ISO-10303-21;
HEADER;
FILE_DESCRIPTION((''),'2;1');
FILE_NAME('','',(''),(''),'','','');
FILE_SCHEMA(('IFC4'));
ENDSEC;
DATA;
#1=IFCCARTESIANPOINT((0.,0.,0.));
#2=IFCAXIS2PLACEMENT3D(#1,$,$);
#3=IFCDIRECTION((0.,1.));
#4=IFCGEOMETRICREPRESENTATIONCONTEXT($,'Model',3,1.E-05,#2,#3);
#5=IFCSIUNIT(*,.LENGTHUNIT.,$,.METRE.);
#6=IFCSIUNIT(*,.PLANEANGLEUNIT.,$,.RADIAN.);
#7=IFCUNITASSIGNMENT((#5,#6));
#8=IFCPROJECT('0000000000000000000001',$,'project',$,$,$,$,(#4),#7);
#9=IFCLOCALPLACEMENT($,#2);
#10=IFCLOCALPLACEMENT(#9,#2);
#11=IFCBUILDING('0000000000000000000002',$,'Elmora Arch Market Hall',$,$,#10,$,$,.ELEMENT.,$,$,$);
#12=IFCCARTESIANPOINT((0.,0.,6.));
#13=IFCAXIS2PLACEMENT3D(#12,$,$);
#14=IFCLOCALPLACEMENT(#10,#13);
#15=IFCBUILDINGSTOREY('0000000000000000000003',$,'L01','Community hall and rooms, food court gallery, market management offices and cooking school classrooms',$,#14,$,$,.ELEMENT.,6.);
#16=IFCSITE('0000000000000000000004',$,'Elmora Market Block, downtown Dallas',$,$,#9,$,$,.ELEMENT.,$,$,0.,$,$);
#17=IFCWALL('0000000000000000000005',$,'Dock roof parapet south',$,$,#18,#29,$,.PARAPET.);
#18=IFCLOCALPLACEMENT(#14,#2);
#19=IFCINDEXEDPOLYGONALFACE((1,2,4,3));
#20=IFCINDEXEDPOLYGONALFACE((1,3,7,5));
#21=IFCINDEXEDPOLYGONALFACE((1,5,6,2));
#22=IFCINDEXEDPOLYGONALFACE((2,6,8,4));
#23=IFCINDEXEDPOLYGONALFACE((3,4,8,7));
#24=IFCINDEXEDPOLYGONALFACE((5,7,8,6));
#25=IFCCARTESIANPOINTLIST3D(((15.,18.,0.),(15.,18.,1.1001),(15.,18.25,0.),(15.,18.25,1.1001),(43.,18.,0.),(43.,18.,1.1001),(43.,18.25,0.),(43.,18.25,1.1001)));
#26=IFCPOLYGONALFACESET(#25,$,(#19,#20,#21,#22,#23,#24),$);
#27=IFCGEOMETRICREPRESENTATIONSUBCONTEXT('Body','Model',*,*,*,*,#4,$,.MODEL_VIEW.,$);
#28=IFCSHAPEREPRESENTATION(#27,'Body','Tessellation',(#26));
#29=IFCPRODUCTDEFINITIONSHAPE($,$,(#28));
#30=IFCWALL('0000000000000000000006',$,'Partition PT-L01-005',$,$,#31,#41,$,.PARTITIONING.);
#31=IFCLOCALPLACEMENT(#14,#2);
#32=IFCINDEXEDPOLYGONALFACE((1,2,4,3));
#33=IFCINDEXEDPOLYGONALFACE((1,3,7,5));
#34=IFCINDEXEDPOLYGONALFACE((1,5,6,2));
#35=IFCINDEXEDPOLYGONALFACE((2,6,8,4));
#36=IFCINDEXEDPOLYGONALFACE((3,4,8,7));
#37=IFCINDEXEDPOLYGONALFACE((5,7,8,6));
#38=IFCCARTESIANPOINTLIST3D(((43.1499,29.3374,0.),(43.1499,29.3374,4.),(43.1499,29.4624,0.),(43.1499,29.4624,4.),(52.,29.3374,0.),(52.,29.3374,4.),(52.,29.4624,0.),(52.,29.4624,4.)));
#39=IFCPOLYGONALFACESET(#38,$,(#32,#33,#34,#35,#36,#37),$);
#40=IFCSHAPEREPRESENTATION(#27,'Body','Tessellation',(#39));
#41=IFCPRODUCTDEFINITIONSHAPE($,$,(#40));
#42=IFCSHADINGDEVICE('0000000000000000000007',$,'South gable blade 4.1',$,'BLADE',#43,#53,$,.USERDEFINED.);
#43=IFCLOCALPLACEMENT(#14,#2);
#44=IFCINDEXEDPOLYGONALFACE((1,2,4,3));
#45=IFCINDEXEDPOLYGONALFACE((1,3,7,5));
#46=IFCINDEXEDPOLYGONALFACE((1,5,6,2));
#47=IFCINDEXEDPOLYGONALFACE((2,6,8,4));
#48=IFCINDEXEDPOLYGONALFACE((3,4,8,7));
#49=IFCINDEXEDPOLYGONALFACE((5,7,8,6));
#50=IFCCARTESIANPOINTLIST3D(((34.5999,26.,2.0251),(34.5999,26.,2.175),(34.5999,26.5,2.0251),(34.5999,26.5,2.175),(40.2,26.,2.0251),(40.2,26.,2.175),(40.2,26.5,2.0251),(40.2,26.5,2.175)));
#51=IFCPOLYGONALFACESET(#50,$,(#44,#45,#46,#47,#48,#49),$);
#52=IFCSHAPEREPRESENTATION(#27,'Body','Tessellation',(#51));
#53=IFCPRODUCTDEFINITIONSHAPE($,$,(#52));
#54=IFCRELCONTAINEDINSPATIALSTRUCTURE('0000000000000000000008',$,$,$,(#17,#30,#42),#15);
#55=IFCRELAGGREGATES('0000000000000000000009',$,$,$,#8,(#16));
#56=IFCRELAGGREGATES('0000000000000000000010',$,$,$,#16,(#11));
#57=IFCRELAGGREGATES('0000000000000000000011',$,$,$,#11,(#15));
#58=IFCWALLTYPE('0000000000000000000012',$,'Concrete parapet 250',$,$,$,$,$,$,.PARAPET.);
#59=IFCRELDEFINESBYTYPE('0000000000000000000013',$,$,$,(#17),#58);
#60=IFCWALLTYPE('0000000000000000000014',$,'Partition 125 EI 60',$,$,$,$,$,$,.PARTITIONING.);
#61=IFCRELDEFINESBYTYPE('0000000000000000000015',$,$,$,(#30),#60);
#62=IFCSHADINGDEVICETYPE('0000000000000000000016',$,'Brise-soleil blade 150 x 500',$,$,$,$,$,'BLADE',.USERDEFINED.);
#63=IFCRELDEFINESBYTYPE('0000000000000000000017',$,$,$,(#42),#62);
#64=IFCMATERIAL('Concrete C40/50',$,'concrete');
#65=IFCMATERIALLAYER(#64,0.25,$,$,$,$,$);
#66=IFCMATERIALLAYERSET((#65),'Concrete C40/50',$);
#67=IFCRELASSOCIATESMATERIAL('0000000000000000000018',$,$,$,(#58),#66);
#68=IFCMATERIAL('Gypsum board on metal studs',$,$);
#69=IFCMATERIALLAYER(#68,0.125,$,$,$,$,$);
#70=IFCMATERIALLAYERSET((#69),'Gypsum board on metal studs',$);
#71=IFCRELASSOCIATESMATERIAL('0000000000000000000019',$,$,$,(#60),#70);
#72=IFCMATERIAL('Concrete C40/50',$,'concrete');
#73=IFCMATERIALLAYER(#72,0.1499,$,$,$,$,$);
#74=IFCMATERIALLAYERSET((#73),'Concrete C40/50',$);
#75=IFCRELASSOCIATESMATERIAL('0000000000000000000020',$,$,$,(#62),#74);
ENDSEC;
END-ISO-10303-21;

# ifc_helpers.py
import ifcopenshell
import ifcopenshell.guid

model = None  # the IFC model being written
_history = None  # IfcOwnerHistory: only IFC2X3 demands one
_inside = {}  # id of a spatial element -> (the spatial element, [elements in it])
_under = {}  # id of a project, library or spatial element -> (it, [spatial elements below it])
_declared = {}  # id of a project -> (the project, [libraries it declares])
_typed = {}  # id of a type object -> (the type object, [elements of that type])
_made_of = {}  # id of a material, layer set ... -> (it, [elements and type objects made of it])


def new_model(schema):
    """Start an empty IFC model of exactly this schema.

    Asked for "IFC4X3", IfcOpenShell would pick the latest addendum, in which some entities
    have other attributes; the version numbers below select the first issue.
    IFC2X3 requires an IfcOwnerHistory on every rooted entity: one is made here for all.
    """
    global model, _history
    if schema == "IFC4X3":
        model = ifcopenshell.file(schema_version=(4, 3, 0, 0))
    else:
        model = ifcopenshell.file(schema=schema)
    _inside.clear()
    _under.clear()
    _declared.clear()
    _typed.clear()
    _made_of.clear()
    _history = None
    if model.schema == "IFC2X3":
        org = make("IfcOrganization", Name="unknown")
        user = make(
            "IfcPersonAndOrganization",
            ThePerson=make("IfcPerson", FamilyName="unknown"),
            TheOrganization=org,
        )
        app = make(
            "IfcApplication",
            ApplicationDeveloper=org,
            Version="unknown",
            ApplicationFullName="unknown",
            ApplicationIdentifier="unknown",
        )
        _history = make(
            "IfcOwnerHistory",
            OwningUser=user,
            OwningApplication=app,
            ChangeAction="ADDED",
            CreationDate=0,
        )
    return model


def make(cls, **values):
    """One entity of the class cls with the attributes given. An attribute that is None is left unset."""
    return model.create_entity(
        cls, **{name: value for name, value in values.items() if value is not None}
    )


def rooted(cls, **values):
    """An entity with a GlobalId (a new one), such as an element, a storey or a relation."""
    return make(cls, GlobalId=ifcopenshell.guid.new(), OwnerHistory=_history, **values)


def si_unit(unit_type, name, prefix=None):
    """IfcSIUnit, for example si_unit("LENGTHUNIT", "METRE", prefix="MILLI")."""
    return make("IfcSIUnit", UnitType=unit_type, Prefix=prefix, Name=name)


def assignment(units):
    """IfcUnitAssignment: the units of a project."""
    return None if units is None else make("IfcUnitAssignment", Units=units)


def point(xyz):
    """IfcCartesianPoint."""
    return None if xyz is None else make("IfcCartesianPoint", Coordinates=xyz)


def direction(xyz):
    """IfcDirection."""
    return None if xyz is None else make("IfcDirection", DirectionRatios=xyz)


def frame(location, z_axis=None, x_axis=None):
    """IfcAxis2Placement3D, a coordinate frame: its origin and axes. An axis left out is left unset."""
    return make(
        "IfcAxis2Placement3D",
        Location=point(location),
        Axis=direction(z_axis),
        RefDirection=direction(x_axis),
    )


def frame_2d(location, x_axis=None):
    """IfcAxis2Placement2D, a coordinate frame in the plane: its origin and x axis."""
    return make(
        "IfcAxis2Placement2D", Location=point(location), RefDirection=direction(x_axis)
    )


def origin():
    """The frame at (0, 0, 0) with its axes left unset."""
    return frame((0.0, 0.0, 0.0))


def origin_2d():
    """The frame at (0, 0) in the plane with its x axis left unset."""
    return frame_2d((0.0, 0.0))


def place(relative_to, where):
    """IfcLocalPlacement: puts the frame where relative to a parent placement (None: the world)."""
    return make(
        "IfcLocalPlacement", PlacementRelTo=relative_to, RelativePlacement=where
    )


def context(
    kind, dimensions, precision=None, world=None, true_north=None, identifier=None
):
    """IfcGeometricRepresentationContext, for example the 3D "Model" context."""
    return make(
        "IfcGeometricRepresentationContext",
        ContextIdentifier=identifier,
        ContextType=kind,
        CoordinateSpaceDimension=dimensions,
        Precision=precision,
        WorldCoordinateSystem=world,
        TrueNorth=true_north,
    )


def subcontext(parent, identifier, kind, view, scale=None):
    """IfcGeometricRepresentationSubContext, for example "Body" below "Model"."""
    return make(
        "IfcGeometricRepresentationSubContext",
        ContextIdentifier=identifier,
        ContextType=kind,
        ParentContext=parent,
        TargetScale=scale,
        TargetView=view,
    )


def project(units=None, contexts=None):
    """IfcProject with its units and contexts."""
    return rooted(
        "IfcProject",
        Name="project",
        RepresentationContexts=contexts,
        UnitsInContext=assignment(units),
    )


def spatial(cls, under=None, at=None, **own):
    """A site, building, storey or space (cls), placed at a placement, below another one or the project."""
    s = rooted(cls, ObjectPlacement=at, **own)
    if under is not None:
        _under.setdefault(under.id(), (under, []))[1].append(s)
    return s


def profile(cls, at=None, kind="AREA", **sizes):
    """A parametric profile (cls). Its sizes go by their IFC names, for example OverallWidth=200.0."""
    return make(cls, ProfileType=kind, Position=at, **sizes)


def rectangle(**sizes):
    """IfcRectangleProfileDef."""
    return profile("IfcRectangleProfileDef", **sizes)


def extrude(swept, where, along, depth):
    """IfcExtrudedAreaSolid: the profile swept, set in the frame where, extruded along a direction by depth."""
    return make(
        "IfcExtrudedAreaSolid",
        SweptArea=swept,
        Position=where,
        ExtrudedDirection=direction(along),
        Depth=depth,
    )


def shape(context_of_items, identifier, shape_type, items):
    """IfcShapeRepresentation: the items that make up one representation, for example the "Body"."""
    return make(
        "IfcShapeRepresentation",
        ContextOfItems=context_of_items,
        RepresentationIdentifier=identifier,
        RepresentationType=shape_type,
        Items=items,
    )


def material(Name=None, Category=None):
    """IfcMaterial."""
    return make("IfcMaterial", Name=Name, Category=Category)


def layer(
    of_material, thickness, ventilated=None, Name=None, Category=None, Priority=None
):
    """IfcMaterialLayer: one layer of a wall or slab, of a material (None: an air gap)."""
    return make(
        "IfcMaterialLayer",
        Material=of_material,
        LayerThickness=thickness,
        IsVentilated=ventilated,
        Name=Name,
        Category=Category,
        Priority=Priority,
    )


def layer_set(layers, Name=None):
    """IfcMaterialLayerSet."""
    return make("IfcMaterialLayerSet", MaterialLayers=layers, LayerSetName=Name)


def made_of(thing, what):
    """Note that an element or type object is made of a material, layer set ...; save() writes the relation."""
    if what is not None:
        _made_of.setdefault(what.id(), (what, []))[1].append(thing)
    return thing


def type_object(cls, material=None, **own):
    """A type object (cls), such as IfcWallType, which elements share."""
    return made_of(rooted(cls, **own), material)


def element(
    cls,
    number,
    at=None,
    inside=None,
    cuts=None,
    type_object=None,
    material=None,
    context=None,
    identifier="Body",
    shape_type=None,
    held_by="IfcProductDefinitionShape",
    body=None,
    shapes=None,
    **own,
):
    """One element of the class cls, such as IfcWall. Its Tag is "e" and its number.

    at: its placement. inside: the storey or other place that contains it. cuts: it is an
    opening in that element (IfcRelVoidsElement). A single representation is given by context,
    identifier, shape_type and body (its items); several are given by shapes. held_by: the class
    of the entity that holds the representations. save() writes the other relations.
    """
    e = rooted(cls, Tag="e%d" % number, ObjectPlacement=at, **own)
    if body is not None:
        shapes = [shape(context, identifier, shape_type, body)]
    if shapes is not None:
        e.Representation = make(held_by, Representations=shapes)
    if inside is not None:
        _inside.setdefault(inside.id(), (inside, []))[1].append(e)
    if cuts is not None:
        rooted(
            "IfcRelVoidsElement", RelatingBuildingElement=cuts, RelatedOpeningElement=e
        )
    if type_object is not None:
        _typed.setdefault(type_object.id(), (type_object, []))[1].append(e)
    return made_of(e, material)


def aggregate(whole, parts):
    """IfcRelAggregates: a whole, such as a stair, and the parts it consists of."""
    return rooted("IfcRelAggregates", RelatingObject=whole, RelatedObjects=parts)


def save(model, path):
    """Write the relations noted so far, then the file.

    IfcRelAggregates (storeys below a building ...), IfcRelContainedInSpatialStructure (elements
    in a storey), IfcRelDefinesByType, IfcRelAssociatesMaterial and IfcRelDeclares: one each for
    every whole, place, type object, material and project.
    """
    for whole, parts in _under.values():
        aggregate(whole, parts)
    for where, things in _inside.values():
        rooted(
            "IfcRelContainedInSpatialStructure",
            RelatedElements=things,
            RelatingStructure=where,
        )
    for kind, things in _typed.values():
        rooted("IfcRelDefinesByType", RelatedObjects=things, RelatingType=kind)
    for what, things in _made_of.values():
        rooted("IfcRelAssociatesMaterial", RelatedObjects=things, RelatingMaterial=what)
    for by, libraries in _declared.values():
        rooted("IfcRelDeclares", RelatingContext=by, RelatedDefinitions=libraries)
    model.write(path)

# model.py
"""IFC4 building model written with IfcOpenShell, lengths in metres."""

from ifc_helpers import new_model, si_unit, direction, frame, frame_2d, origin, origin_2d, place, context, subcontext, project, spatial, rectangle, extrude, material, layer, layer_set, type_object, element, save


model = new_model("IFC4")

# Units and contexts
model_context = context("Model", 3, precision=1e-05, world=origin(), true_north=direction((0.0, 1.0)))
body_context = subcontext(model_context, "Body", "Model", "MODEL_VIEW")
ifc_project = project(units=[si_unit("LENGTHUNIT", "METRE"), si_unit("PLANEANGLEUNIT", "RADIAN")], contexts=[model_context])

# Site, building, storey
site_placement = place(None, origin())
site = spatial("IfcSite", under=ifc_project, at=site_placement, Name="Elmora Market Block, downtown Dallas", CompositionType="ELEMENT", RefElevation=0.0)
building_placement = place(site_placement, origin())
building = spatial("IfcBuilding", under=site, at=building_placement, Name="Elmora Arch Market Hall", CompositionType="ELEMENT")
storey_placement = place(building_placement, frame((0.0, 0.0, 6.0)))
storey = spatial("IfcBuildingStorey", under=building, at=storey_placement, Name="L01", Description="Community hall and rooms, food court gallery, market management offices and cooking school classrooms", CompositionType="ELEMENT", Elevation=6.0)

# Walls
ifc_material_1 = material(Name="Concrete C40/50", Category="concrete")
ifc_layer_1 = layer(ifc_material_1, 0.25)
ifc_layer_set_1 = layer_set([ifc_layer_1], Name="Concrete C40/50")
wall_type_1 = type_object("IfcWallType", Name="Concrete parapet 250", PredefinedType="PARAPET", material=ifc_layer_set_1)
wall_1_placement = place(storey_placement, frame((43.0, 18.125, 0.0), z_axis=(0.0, 0.0, 1.0), x_axis=(-1.0, 0.0, 0.0)))
element("IfcWall", 1, at=wall_1_placement, inside=storey, type_object=wall_type_1, Name="Dock roof parapet south", PredefinedType="PARAPET", context=body_context, shape_type="SweptSolid", body=[
    extrude(rectangle(XDim=28.0, YDim=0.25, at=frame_2d((14.0, 0.0))), origin(), (0.0, 0.0, 1.0), 1.1001),
])
ifc_material_2 = material(Name="Gypsum board on metal studs")
ifc_layer_2 = layer(ifc_material_2, 0.125)
ifc_layer_set_2 = layer_set([ifc_layer_2], Name="Gypsum board on metal studs")
wall_type_2 = type_object("IfcWallType", Name="Partition 125 EI 60", PredefinedType="PARTITIONING", material=ifc_layer_set_2)
wall_2_placement = place(storey_placement, frame((43.1499, 29.3999, 0.0), z_axis=(0.0, 0.0, 1.0), x_axis=(1.0, 0.0, 0.0)))
element("IfcWall", 2, at=wall_2_placement, inside=storey, type_object=wall_type_2, Name="Partition PT-L01-005", PredefinedType="PARTITIONING", context=body_context, shape_type="SweptSolid", body=[
    extrude(rectangle(XDim=8.8501, YDim=0.125, at=frame_2d((4.425, 0.0))), origin(), (0.0, 0.0, 1.0), 4.0),
])

# Shading device
ifc_material_3 = material(Name="Concrete C40/50", Category="concrete")
ifc_layer_3 = layer(ifc_material_3, 0.1499)
ifc_layer_set_3 = layer_set([ifc_layer_3], Name="Concrete C40/50")
shading_device_type = type_object("IfcShadingDeviceType", Name="Brise-soleil blade 150 x 500", ElementType="BLADE", PredefinedType="USERDEFINED", material=ifc_layer_set_3)
shading_device_placement = place(storey_placement, frame((37.3999, 26.25, 2.0251), z_axis=(0.0, 0.0, 1.0), x_axis=(1.0, 0.0, 0.0)))
element("IfcShadingDevice", 3, at=shading_device_placement, inside=storey, type_object=shading_device_type, Name="South gable blade 4.1", ObjectType="BLADE", PredefinedType="USERDEFINED", context=body_context, shape_type="SweptSolid", body=[
    extrude(rectangle(XDim=5.6001, YDim=0.5, at=origin_2d()), origin(), (0.0, 0.0, 1.0), 0.1499),
])

save(model, "model.ifc")
